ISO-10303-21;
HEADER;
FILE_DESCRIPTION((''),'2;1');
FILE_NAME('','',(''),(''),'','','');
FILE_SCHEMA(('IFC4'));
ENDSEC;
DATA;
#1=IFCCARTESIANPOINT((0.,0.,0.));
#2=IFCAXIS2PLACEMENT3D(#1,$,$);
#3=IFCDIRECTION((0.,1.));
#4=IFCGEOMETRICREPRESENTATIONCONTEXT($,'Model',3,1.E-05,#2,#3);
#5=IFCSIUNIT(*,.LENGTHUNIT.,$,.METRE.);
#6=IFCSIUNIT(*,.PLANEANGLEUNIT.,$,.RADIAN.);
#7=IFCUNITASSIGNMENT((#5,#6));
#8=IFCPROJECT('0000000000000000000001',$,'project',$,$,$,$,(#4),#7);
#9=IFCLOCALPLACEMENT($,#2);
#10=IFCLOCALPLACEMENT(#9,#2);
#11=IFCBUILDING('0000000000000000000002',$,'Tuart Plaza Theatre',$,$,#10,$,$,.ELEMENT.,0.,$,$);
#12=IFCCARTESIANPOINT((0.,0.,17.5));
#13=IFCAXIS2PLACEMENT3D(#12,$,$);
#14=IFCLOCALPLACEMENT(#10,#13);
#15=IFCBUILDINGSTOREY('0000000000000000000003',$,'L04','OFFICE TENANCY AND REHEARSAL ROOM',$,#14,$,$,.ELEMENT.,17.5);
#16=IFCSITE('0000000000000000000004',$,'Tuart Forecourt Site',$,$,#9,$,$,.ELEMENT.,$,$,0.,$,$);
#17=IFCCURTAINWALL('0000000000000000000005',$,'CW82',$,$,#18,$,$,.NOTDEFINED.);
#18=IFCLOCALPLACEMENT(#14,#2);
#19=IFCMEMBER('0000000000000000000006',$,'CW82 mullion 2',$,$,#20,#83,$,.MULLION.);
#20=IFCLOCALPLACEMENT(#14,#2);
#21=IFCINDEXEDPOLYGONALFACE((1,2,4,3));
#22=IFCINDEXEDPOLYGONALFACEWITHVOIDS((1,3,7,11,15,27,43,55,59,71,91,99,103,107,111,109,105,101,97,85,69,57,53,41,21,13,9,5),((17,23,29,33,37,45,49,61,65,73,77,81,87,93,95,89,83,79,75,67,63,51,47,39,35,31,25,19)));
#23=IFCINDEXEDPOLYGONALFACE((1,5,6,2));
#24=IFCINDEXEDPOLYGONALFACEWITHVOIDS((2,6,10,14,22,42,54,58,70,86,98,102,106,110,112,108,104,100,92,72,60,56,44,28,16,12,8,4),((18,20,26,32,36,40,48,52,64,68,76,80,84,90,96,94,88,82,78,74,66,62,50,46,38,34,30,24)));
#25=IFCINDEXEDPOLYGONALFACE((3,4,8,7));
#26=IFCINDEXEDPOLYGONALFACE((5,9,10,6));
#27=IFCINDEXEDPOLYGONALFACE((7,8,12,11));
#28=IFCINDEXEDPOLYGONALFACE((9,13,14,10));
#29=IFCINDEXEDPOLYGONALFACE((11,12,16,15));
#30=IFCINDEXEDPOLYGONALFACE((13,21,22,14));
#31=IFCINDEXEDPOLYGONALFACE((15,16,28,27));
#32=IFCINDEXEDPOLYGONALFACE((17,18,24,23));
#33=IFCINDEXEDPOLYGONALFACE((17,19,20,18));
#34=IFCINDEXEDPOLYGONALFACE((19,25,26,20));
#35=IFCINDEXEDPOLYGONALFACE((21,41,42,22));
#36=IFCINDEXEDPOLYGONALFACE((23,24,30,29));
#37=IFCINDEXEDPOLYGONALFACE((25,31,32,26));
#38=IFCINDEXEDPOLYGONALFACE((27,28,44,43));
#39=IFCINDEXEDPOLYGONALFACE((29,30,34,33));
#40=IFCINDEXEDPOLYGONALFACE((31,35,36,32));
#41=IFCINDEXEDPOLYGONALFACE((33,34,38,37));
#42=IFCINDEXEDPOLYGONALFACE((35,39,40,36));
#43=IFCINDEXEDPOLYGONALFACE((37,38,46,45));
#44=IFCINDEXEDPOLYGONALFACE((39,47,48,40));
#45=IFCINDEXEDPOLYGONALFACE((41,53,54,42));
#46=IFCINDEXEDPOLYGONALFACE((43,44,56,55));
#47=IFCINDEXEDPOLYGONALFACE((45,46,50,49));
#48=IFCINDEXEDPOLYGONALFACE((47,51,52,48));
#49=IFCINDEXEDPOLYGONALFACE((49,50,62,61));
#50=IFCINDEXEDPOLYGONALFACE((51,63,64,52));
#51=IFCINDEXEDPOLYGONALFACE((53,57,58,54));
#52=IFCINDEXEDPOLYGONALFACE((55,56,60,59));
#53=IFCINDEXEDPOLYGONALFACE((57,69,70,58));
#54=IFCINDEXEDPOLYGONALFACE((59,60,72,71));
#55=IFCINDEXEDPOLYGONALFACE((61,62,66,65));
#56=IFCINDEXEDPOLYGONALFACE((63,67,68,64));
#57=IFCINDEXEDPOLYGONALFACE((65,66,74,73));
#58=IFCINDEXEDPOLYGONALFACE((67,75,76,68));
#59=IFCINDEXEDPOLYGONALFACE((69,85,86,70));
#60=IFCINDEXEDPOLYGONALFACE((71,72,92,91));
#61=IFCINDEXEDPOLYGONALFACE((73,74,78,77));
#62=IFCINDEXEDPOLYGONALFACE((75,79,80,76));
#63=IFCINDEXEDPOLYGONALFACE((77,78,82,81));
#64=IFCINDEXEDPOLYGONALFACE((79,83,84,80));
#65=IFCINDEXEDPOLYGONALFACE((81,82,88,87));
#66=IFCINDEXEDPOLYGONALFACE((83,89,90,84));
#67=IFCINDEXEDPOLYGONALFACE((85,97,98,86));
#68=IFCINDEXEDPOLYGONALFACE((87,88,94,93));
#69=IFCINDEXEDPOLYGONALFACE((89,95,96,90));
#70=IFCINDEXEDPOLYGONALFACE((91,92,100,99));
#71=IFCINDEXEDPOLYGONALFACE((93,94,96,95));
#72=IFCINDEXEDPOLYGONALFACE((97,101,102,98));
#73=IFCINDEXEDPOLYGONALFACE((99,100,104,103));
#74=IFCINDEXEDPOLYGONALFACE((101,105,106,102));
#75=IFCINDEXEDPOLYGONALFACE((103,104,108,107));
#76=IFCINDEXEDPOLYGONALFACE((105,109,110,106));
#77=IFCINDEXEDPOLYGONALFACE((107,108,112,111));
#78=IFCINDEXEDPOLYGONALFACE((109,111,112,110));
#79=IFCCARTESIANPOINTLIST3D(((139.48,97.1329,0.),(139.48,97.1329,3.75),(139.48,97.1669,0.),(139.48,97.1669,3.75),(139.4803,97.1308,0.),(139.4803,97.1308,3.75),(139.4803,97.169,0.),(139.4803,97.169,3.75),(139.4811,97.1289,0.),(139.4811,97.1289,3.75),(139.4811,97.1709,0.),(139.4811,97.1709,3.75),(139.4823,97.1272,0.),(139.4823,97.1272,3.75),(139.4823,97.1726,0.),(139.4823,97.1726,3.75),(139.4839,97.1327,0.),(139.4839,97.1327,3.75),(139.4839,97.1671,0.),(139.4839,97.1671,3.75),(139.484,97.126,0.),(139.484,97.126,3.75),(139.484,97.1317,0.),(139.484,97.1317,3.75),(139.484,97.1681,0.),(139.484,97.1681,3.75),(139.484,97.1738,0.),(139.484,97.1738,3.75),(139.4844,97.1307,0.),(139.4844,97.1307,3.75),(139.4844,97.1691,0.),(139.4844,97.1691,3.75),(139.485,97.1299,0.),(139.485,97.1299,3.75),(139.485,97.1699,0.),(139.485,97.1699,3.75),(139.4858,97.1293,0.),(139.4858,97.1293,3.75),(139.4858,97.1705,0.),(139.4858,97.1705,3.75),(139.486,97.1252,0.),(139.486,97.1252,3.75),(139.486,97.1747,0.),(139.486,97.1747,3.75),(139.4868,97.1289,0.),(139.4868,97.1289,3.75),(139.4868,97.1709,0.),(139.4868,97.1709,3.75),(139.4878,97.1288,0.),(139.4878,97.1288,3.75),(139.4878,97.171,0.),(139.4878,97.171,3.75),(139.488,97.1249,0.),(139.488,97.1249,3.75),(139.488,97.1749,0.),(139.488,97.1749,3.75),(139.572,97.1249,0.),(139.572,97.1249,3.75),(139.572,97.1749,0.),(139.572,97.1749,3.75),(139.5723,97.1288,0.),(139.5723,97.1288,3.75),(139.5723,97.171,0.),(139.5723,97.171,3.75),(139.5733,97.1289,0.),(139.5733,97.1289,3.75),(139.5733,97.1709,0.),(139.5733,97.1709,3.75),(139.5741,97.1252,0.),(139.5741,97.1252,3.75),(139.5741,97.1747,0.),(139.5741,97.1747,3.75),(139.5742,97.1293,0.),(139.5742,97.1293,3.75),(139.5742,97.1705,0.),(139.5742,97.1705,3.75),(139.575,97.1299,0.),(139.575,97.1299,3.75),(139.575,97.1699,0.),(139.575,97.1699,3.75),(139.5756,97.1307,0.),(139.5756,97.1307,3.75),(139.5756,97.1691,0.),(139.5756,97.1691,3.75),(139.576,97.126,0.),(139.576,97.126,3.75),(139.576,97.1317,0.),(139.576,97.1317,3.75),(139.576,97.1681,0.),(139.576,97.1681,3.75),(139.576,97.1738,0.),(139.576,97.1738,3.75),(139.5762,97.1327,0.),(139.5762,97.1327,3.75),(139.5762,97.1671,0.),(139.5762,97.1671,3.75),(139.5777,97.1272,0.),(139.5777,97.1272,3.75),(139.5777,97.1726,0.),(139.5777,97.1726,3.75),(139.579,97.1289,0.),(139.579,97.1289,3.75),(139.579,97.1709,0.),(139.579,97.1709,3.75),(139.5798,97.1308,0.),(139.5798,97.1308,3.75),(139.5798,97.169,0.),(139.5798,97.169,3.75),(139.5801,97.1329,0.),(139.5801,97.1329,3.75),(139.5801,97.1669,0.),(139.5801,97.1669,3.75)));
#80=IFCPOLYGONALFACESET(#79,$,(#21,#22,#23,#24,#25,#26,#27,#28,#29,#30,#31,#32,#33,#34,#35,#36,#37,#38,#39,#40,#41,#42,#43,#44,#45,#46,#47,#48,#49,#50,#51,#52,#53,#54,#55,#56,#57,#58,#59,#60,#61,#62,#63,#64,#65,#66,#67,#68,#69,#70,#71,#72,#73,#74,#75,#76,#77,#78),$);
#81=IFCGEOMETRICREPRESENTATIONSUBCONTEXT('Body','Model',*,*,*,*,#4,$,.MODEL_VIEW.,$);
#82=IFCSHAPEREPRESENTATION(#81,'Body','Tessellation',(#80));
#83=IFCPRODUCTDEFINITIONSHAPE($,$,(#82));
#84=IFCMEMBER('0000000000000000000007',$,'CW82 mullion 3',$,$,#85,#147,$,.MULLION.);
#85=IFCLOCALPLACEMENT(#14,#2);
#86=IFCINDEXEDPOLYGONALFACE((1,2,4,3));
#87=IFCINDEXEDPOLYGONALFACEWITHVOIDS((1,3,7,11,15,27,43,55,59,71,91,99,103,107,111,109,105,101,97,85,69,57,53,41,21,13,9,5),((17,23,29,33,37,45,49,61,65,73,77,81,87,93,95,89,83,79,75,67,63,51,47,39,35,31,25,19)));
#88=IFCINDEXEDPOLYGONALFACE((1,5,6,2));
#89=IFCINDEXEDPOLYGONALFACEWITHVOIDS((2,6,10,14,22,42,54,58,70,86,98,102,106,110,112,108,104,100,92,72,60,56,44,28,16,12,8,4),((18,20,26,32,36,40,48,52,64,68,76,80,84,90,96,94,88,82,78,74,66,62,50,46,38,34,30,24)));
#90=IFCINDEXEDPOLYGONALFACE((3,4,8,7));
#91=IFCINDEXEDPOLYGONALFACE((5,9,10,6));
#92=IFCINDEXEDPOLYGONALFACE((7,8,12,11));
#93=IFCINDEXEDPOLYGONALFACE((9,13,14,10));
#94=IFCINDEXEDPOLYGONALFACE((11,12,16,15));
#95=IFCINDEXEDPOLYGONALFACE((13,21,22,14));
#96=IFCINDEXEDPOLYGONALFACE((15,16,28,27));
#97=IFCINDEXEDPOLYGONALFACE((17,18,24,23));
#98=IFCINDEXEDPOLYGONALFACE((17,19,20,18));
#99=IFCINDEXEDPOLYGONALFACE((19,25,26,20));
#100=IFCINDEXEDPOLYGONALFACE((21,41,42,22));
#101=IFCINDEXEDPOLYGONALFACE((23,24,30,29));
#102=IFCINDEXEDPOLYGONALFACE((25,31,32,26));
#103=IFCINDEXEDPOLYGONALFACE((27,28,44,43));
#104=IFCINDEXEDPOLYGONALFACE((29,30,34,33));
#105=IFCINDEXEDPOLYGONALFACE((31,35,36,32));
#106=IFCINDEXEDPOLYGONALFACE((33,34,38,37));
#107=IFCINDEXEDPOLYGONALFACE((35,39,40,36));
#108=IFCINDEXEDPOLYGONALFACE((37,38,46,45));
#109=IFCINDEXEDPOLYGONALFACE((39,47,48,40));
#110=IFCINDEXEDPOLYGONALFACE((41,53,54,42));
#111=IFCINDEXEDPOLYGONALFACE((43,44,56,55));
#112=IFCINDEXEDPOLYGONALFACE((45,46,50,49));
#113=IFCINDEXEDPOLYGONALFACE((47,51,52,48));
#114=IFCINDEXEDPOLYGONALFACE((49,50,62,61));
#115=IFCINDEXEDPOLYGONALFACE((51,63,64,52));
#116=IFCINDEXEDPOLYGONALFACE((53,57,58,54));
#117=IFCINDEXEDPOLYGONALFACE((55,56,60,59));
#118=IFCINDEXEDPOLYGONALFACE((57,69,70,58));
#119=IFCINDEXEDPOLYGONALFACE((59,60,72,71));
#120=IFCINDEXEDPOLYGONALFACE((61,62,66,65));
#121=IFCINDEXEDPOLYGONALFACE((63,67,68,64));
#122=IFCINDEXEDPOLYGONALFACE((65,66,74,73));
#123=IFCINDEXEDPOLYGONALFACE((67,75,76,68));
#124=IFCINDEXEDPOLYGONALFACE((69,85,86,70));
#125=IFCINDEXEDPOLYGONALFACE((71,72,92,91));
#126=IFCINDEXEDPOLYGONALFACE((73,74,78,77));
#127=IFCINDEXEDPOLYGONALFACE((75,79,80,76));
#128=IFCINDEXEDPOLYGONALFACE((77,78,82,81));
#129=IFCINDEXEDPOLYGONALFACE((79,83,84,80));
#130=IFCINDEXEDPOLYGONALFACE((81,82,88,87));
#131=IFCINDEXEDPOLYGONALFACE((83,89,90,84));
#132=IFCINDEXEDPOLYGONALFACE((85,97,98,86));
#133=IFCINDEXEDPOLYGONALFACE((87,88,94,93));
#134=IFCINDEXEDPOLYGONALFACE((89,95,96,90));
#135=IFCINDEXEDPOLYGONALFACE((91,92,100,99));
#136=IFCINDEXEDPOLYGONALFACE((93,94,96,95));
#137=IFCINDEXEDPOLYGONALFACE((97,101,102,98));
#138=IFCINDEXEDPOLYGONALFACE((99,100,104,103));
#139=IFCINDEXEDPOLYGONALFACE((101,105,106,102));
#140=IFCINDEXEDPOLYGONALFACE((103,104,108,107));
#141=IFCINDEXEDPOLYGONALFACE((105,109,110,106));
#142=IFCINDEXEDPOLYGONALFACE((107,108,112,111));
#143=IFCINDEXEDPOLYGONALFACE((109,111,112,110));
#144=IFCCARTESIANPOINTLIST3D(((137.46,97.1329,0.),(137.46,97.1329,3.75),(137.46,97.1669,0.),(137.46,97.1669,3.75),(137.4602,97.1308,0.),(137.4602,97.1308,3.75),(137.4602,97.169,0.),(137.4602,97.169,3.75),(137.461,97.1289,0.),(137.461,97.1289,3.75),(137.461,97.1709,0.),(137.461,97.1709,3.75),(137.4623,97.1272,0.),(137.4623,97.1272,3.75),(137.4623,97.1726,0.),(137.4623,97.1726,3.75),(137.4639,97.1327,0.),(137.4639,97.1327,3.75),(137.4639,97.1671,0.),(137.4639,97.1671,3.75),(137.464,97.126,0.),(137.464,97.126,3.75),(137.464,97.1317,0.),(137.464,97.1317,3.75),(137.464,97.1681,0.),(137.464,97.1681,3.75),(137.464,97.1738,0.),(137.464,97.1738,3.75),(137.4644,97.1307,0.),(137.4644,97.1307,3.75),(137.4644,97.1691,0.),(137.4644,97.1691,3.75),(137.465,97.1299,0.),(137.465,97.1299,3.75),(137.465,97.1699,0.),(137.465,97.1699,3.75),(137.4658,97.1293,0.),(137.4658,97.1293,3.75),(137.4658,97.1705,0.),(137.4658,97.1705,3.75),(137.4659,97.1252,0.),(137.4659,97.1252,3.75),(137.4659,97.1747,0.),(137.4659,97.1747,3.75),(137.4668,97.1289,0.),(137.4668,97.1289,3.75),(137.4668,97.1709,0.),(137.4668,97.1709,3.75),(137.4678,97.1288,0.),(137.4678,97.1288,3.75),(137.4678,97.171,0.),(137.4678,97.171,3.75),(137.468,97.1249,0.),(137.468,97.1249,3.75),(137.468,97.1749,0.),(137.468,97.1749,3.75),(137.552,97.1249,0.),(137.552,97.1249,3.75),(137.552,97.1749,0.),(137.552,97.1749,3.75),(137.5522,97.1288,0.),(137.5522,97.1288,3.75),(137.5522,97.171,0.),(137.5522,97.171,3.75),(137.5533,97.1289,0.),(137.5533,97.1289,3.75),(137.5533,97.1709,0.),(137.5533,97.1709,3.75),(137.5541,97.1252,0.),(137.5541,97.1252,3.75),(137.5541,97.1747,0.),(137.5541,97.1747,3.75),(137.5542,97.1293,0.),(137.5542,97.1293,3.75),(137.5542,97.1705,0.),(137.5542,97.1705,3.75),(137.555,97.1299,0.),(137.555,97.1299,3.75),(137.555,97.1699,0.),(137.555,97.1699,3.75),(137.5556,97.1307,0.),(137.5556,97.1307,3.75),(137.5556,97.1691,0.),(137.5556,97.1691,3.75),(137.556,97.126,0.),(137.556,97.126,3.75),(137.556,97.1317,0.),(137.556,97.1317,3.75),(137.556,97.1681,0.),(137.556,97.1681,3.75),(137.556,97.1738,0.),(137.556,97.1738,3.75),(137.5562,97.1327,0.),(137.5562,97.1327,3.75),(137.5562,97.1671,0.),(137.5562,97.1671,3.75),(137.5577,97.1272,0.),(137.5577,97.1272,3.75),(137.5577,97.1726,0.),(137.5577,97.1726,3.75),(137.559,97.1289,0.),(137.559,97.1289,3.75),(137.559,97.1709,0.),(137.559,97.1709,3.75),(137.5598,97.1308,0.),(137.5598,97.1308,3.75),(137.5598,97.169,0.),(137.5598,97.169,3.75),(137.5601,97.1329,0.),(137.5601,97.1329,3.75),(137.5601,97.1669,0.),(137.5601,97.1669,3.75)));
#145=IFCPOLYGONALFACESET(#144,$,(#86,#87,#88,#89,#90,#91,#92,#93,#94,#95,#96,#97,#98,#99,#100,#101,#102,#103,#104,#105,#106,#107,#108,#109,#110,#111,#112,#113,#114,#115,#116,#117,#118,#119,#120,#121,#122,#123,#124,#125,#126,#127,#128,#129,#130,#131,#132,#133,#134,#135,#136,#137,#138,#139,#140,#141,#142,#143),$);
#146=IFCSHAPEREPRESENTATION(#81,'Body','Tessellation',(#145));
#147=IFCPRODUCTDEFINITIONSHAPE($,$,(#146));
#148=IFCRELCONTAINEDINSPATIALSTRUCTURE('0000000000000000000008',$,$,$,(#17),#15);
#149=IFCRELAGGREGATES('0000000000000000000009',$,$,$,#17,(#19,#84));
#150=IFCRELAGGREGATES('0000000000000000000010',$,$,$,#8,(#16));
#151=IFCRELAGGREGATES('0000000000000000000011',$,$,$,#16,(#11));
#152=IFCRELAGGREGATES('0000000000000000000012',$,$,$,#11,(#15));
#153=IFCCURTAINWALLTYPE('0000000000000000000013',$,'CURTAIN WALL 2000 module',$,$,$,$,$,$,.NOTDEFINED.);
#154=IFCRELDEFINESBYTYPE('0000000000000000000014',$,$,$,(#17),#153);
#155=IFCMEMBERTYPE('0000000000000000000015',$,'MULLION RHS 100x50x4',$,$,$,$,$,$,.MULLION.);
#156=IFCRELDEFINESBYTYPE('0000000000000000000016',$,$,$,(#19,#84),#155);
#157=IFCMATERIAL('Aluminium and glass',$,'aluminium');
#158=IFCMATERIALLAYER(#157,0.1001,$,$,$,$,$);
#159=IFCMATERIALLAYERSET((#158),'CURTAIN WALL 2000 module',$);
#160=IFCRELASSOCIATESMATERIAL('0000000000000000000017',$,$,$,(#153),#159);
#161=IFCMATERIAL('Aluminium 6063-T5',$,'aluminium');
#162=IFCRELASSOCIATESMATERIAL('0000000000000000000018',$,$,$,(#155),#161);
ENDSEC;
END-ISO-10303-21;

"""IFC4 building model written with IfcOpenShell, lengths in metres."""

from ifc_helpers import new_model, si_unit, direction, frame, origin, origin_2d, place, context, subcontext, project, spatial, hollow_rectangle, extrude, material, layer, layer_set, material_profile, profile_set, type_object, element, aggregate, save


model = new_model("IFC4")

# Units and contexts
model_context = context("Model", 3, precision=1e-05, world=origin(), true_north=direction((0.0, 1.0)))
body_context = subcontext(model_context, "Body", "Model", "MODEL_VIEW")
ifc_project = project(units=[si_unit("LENGTHUNIT", "METRE"), si_unit("PLANEANGLEUNIT", "RADIAN")], contexts=[model_context])

# Site, building, storey
site_placement = place(None, origin())
site = spatial("IfcSite", under=ifc_project, at=site_placement, Name="Tuart Forecourt Site", CompositionType="ELEMENT", RefElevation=0.0)
building_placement = place(site_placement, origin())
building = spatial("IfcBuilding", under=site, at=building_placement, Name="Tuart Plaza Theatre", CompositionType="ELEMENT", ElevationOfRefHeight=0.0)
storey_placement = place(building_placement, frame((0.0, 0.0, 17.5)))
storey = spatial("IfcBuildingStorey", under=building, at=storey_placement, Name="L04", Description="OFFICE TENANCY AND REHEARSAL ROOM", CompositionType="ELEMENT", Elevation=17.5)

# Shared definitions
ifc_material_1 = material(Name="Aluminium and glass", Category="aluminium")
ifc_layer_1 = layer(ifc_material_1, 0.1001)
ifc_layer_set_1 = layer_set([ifc_layer_1], Name="CURTAIN WALL 2000 module")
curtain_wall_type = type_object("IfcCurtainWallType", Name="CURTAIN WALL 2000 module", PredefinedType="NOTDEFINED", material=ifc_layer_set_1)
ifc_material_2 = material(Name="Aluminium 6063-T5", Category="aluminium")
ifc_material_profile_1 = material_profile(ifc_material_2, hollow_rectangle(XDim=0.05, YDim=0.1001, WallThickness=0.0039, InnerFilletRadius=0.0039, OuterFilletRadius=0.0081, at=origin_2d()), Name="RHS 100x50x4")
ifc_profile_set_1 = profile_set([ifc_material_profile_1], Name="Aluminium 6063-T5")
member_type_1 = type_object("IfcMemberType", Name="MULLION RHS 100x50x4", PredefinedType="MULLION", material=ifc_profile_set_1)

# Curtain wall, members
curtain_wall_1_placement = place(storey_placement, origin())
curtain_wall_1 = element("IfcCurtainWall", 1, at=curtain_wall_1_placement, inside=storey, type_object=curtain_wall_type, Name="CW82", PredefinedType="NOTDEFINED")
member_1_placement = place(storey_placement, frame((139.53, 97.1499, 0.0), z_axis=(0.0, 0.0, 1.0), x_axis=(0.0, -1.0, 0.0)))
member_1 = element("IfcMember", 2, at=member_1_placement, type_object=member_type_1, Name="CW82 mullion 2", PredefinedType="MULLION", context=body_context, shape_type="SweptSolid", body=[
    extrude(hollow_rectangle(XDim=0.05, YDim=0.1001, WallThickness=0.0039, InnerFilletRadius=0.0039, OuterFilletRadius=0.0081, at=origin_2d()), origin(), (0.0, 0.0, 1.0), 3.75),
])
member_2_placement = place(storey_placement, frame((137.51, 97.1499, 0.0), z_axis=(0.0, 0.0, 1.0), x_axis=(0.0, -1.0, 0.0)))
member_2 = element("IfcMember", 3, at=member_2_placement, type_object=member_type_1, Name="CW82 mullion 3", PredefinedType="MULLION", context=body_context, shape_type="SweptSolid", body=[
    extrude(hollow_rectangle(XDim=0.05, YDim=0.1001, WallThickness=0.0039, InnerFilletRadius=0.0039, OuterFilletRadius=0.0081, at=origin_2d()), origin(), (0.0, 0.0, 1.0), 3.75),
])

aggregate(curtain_wall_1, [member_1, member_2])

save(model, "model.ifc")
